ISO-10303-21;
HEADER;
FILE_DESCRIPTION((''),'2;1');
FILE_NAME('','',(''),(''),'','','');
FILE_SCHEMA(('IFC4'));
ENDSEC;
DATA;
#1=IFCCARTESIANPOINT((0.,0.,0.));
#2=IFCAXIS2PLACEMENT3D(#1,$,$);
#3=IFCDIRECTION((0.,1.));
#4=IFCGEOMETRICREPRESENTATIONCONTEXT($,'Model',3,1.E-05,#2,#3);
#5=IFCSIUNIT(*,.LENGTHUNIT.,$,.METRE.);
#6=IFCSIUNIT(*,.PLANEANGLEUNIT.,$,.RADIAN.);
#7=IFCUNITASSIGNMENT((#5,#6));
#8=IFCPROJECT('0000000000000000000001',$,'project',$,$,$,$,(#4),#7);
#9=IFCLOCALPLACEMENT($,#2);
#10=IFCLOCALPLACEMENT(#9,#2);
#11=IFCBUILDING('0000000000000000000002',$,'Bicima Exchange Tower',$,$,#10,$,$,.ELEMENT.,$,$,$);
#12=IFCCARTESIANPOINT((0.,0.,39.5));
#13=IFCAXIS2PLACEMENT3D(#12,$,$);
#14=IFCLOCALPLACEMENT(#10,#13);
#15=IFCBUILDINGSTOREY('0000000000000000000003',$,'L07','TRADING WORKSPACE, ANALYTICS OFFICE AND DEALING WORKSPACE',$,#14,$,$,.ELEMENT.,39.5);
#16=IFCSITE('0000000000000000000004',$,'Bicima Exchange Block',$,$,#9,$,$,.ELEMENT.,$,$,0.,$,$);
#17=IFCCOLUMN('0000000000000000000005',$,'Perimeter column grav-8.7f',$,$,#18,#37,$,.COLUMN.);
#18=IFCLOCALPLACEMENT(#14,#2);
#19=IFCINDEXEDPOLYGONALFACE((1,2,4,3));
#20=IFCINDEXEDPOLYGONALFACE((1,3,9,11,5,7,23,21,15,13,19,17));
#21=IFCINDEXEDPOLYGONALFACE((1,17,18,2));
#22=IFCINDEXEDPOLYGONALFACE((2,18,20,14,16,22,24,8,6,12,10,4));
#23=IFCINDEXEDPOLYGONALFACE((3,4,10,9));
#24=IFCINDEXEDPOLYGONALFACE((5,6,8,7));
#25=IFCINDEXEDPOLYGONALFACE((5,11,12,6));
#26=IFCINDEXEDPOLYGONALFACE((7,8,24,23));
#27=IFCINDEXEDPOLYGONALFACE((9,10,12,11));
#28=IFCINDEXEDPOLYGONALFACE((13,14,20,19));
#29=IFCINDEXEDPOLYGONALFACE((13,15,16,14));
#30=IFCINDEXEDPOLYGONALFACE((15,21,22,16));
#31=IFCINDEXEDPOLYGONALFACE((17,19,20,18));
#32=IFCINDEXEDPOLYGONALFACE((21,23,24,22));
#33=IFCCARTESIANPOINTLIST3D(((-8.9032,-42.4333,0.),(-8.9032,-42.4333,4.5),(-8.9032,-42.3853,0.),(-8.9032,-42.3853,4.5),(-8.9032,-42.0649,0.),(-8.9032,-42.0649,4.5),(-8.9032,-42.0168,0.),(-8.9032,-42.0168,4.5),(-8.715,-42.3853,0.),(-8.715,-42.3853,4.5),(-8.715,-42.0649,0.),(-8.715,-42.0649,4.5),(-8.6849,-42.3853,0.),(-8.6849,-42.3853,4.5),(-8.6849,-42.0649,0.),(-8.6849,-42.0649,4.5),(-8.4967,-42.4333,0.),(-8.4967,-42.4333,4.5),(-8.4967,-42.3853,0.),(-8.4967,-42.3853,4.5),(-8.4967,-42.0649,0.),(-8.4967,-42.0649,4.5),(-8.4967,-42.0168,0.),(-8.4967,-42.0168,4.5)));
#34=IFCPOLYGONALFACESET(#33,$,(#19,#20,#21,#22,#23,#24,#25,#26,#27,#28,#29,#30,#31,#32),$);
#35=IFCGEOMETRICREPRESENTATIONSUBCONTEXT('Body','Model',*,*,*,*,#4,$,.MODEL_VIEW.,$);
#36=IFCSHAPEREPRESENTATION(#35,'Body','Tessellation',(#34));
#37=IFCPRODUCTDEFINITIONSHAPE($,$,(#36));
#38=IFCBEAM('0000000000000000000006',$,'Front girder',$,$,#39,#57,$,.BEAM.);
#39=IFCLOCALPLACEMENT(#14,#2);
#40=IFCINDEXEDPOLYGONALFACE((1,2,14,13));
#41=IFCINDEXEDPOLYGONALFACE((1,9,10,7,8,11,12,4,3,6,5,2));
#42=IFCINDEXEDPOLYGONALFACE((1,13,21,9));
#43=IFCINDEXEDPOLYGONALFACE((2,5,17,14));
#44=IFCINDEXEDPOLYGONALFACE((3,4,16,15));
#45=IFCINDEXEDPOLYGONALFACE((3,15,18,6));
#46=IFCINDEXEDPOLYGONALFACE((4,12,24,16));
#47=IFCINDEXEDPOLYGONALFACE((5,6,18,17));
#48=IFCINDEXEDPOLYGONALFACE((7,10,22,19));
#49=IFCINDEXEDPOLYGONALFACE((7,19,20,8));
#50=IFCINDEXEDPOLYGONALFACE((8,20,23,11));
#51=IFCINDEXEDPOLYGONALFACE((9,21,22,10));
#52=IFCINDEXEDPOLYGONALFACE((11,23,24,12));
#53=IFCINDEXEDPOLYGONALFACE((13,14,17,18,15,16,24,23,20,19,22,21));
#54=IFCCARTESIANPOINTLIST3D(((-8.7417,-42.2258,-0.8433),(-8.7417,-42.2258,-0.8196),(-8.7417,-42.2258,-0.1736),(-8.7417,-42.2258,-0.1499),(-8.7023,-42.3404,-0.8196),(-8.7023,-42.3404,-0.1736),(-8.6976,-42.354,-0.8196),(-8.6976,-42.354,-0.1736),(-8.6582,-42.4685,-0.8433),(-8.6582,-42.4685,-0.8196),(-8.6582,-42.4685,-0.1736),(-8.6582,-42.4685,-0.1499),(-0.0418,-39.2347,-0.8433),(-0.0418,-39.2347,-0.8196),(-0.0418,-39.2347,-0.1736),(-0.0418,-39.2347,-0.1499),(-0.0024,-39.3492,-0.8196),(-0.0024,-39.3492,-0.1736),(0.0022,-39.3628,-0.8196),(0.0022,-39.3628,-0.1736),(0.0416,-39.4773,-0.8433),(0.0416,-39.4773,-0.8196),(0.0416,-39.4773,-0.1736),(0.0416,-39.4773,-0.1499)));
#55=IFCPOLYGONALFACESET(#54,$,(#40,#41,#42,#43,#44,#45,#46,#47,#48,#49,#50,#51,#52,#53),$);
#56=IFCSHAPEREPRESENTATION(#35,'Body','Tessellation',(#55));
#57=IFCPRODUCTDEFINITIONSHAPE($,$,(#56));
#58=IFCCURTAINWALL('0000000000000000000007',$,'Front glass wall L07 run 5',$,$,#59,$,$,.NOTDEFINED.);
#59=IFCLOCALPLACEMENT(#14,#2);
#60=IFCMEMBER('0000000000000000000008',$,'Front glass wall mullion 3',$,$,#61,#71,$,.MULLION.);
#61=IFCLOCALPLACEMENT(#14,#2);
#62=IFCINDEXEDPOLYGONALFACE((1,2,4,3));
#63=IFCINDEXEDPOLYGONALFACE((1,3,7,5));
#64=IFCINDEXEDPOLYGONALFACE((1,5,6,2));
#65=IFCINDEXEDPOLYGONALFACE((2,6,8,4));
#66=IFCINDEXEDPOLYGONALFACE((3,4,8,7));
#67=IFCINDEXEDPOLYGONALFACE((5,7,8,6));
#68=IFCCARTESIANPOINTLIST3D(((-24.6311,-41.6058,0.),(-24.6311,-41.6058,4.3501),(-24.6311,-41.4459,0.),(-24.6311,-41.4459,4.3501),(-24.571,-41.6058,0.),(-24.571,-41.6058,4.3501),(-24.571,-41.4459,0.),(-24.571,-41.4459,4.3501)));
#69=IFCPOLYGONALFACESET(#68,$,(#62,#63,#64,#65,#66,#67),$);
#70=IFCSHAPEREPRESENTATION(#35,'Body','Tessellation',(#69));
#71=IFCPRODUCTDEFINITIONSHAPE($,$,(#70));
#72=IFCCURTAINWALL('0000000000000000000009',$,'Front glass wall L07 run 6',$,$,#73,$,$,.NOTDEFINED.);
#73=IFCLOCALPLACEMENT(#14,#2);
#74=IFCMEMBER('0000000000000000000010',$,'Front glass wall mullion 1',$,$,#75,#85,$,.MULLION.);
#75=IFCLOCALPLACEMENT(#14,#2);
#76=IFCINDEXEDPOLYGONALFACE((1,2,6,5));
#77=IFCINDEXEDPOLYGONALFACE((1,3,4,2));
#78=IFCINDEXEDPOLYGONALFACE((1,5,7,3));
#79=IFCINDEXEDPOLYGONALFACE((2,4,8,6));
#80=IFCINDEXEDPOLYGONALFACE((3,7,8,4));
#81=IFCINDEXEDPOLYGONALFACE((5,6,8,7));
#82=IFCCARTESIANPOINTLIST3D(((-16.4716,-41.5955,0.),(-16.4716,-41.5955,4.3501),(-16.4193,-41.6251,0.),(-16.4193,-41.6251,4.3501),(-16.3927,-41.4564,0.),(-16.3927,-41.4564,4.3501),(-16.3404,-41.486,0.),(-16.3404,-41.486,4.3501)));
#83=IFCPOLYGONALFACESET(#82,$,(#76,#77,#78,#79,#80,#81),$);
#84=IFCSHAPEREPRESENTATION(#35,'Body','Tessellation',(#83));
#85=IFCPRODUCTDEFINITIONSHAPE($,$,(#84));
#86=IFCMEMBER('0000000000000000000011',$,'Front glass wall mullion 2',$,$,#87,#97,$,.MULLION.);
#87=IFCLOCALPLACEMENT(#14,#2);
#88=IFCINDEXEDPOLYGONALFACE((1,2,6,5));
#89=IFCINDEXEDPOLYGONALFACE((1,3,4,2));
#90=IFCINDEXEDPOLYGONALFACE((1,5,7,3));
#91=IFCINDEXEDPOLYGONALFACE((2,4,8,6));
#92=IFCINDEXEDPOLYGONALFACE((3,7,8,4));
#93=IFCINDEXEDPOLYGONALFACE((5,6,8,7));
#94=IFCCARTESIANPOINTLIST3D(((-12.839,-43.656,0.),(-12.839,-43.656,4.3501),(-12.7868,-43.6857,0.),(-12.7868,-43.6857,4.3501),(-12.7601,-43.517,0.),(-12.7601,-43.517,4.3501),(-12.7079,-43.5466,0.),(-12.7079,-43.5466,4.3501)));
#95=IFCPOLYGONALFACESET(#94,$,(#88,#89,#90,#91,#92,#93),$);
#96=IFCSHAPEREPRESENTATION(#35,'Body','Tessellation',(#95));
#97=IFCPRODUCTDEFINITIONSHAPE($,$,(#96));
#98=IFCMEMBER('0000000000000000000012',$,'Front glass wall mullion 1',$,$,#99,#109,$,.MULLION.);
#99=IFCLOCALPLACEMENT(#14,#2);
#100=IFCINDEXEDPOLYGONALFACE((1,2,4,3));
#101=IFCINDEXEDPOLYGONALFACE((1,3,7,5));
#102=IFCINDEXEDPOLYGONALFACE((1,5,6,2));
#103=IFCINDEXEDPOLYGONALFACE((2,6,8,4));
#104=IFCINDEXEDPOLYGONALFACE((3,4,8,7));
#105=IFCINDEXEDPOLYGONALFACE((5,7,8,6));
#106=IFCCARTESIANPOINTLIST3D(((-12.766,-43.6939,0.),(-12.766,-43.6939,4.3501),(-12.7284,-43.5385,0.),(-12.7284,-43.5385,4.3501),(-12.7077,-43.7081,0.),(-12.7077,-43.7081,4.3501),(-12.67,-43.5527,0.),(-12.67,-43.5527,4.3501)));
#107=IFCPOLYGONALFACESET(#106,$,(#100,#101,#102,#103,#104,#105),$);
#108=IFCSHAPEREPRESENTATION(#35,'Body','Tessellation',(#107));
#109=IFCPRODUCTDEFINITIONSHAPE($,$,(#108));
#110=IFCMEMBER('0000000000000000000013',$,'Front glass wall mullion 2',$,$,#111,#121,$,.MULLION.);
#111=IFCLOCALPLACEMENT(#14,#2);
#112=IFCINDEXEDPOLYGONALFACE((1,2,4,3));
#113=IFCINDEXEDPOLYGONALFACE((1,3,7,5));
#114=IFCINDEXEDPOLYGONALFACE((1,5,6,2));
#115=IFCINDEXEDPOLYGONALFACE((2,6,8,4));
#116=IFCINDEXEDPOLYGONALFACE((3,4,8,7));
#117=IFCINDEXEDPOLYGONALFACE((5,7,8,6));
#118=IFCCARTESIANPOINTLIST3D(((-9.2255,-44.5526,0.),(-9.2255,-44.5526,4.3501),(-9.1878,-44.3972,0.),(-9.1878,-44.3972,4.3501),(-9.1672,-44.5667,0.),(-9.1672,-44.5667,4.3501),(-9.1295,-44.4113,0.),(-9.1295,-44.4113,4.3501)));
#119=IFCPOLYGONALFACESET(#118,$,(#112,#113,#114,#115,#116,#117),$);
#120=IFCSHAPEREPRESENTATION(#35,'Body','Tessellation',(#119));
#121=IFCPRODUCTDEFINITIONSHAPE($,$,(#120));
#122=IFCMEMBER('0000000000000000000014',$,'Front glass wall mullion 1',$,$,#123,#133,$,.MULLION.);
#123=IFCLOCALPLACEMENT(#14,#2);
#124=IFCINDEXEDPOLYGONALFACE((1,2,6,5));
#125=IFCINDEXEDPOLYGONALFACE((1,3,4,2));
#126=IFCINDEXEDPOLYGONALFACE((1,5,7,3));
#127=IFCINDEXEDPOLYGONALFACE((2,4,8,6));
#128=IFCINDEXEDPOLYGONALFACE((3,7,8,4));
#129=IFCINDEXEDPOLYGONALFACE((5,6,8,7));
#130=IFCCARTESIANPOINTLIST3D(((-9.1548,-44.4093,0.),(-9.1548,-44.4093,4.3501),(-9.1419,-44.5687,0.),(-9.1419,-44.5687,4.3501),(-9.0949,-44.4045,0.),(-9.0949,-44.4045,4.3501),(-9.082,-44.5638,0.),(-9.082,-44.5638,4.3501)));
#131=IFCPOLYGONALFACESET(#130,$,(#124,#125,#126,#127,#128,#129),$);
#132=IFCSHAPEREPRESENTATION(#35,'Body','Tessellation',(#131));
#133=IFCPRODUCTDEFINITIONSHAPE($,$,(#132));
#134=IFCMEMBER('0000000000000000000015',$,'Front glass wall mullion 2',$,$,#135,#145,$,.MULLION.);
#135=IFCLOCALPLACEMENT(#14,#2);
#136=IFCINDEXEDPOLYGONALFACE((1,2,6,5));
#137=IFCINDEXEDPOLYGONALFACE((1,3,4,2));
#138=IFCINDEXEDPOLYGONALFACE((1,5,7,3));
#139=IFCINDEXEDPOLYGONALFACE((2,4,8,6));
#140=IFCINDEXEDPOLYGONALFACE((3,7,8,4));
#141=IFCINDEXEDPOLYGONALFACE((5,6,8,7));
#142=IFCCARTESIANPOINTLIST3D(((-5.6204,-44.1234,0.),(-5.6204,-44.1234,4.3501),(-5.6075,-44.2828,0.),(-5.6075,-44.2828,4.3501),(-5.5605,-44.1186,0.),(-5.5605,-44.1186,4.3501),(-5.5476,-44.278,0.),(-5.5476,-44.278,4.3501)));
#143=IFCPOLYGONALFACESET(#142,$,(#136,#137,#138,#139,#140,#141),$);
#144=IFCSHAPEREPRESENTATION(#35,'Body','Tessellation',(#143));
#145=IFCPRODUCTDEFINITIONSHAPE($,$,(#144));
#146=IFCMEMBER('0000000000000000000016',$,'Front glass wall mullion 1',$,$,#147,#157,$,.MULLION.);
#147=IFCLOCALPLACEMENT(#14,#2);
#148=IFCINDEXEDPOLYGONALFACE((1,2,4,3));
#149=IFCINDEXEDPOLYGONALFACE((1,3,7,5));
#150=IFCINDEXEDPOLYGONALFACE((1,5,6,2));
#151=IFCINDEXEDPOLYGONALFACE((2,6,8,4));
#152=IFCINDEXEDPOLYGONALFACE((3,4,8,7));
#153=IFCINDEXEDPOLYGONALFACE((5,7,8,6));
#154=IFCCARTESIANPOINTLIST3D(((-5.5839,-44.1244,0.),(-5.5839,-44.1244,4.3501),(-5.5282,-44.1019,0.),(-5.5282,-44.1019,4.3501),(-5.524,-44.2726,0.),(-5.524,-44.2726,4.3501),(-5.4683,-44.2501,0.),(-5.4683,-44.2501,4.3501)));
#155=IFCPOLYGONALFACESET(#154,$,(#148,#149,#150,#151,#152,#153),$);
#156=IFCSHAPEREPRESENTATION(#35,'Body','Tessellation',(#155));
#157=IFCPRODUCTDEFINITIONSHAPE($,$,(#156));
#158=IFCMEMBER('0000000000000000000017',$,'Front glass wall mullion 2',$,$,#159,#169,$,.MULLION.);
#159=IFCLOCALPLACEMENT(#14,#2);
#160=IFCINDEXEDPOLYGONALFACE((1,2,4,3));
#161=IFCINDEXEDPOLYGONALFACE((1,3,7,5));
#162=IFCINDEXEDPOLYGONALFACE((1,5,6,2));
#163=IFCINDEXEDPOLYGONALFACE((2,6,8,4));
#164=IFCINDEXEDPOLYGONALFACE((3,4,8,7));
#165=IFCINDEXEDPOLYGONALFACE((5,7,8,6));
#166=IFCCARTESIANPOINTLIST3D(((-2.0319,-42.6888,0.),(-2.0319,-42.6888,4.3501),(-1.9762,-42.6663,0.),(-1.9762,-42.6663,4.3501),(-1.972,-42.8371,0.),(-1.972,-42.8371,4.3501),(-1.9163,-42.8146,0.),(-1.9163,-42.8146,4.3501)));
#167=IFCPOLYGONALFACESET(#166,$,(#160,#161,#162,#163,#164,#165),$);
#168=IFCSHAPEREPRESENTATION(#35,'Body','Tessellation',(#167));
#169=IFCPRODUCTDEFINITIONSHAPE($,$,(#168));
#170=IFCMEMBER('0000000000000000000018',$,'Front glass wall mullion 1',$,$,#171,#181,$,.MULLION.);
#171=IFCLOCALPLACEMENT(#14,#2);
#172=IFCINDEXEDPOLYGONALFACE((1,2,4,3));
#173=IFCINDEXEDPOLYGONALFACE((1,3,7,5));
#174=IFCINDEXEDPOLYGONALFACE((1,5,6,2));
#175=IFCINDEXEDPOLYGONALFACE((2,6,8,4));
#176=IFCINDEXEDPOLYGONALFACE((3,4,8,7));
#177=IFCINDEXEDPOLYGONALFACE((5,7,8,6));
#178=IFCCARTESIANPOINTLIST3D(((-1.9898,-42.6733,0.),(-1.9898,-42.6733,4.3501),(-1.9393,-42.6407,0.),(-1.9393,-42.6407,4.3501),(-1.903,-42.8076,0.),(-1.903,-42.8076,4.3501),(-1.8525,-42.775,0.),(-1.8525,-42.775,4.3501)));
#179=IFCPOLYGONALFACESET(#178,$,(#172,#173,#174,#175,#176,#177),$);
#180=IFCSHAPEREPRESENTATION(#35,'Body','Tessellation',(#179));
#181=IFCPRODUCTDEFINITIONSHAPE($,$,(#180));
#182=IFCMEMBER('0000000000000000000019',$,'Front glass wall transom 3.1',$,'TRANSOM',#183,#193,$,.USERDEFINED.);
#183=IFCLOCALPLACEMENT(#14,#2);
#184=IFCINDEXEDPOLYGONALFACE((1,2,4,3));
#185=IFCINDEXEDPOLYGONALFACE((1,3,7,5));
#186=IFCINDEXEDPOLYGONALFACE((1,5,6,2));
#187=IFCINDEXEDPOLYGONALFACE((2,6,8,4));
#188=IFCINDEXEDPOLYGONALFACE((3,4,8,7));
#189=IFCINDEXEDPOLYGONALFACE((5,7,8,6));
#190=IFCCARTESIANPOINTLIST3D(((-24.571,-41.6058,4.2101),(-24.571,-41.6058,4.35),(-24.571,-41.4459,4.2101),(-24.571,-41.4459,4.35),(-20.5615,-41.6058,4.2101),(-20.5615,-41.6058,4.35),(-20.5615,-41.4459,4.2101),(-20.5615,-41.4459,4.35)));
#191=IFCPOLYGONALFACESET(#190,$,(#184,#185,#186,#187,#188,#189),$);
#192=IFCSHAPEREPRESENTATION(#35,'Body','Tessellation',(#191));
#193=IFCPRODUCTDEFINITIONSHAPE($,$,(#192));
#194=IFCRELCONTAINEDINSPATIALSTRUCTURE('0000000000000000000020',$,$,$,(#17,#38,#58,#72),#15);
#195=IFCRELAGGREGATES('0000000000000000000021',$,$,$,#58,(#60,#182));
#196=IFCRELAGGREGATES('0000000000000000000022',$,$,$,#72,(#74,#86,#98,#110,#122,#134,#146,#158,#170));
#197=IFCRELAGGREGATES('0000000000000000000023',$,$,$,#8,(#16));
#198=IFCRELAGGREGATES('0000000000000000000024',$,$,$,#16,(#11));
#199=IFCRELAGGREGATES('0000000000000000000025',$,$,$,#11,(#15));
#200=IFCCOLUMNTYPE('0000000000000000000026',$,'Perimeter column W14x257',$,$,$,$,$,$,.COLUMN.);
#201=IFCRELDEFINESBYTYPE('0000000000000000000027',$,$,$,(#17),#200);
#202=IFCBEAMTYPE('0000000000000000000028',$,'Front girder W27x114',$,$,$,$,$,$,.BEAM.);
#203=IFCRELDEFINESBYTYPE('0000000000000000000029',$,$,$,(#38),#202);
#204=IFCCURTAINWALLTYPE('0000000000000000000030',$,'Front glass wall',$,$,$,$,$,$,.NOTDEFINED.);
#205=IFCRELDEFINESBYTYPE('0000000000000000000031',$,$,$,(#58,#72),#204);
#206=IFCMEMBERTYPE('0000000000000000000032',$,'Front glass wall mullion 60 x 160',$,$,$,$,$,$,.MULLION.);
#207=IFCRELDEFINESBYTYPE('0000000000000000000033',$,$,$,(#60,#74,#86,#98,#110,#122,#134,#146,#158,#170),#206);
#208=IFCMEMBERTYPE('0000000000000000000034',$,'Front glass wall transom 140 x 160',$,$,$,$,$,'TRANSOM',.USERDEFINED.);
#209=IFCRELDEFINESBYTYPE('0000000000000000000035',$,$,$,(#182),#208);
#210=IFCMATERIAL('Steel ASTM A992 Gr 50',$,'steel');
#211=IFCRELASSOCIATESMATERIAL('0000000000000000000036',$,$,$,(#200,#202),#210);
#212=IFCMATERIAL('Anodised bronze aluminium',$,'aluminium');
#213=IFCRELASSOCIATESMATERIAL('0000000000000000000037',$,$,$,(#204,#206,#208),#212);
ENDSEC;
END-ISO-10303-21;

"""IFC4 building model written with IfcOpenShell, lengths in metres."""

from ifc_helpers import new_model, si_unit, direction, frame, origin, origin_2d, place, context, subcontext, project, spatial, rectangle, i_section, extrude, material, material_profile, profile_set, type_object, element, aggregate, save


model = new_model("IFC4")

# Units and contexts
model_context = context("Model", 3, precision=1e-05, world=origin(), true_north=direction((0.0, 1.0)))
body_context = subcontext(model_context, "Body", "Model", "MODEL_VIEW")
ifc_project = project(units=[si_unit("LENGTHUNIT", "METRE"), si_unit("PLANEANGLEUNIT", "RADIAN")], contexts=[model_context])

# Site, building, storey
site_placement = place(None, origin())
site = spatial("IfcSite", under=ifc_project, at=site_placement, Name="Bicima Exchange Block", CompositionType="ELEMENT", RefElevation=0.0)
building_placement = place(site_placement, origin())
building = spatial("IfcBuilding", under=site, at=building_placement, Name="Bicima Exchange Tower", CompositionType="ELEMENT")
storey_placement = place(building_placement, frame((0.0, 0.0, 39.5)))
storey = spatial("IfcBuildingStorey", under=building, at=storey_placement, Name="L07", Description="TRADING WORKSPACE, ANALYTICS OFFICE AND DEALING WORKSPACE", CompositionType="ELEMENT", Elevation=39.5)

# Column
ifc_material_1 = material(Name="Steel ASTM A992 Gr 50", Category="steel")
ifc_material_profile_1 = material_profile(ifc_material_1, i_section(OverallWidth=0.4065, OverallDepth=0.4165, WebThickness=0.03, FlangeThickness=0.0481, at=origin_2d()))
ifc_profile_set_1 = profile_set([ifc_material_profile_1], Name="Steel ASTM A992 Gr 50")
column_type = type_object("IfcColumnType", Name="Perimeter column W14x257", PredefinedType="COLUMN", material=ifc_profile_set_1)
column_placement = place(storey_placement, frame((-8.7, -42.2251, 0.0), z_axis=(0.0, 0.0, 1.0), x_axis=(1.0, 0.0, 0.0)))
element("IfcColumn", 1, at=column_placement, inside=storey, type_object=column_type, Name="Perimeter column grav-8.7f", PredefinedType="COLUMN", context=body_context, shape_type="SweptSolid", body=[
    extrude(i_section(OverallWidth=0.4065, OverallDepth=0.4165, WebThickness=0.03, FlangeThickness=0.0481, at=origin_2d()), origin(), (0.0, 0.0, 1.0), 4.5),
])

# Beam
ifc_material_profile_2 = material_profile(ifc_material_1, i_section(OverallWidth=0.2566, OverallDepth=0.6934, WebThickness=0.0144, FlangeThickness=0.0237, at=origin_2d()))
ifc_profile_set_2 = profile_set([ifc_material_profile_2], Name="Steel ASTM A992 Gr 50")
beam_type = type_object("IfcBeamType", Name="Front girder W27x114", PredefinedType="BEAM", material=ifc_profile_set_2)
beam_placement = place(storey_placement, frame((-8.7, -42.3472, -0.4966), z_axis=(0.945666, 0.325138, 0.0), x_axis=(-0.325138, 0.945666, 0.0)))
element("IfcBeam", 2, at=beam_placement, inside=storey, type_object=beam_type, Name="Front girder", PredefinedType="BEAM", context=body_context, shape_type="SweptSolid", body=[
    extrude(i_section(OverallWidth=0.2566, OverallDepth=0.6934, WebThickness=0.0144, FlangeThickness=0.0237, at=origin_2d()), origin(), (0.0, 0.0, 1.0), 9.1997),
])

# Curtain wall, member
ifc_material_2 = material(Name="Anodised bronze aluminium", Category="aluminium")
curtain_wall_type = type_object("IfcCurtainWallType", Name="Front glass wall", PredefinedType="NOTDEFINED", material=ifc_material_2)
curtain_wall_1_placement = place(storey_placement, origin())
curtain_wall_1 = element("IfcCurtainWall", 3, at=curtain_wall_1_placement, inside=storey, type_object=curtain_wall_type, Name="Front glass wall L07 run 5", PredefinedType="NOTDEFINED")
ifc_material_profile_3 = material_profile(ifc_material_2, rectangle(XDim=0.1599, YDim=0.0601, at=origin_2d()))
ifc_profile_set_3 = profile_set([ifc_material_profile_3], Name="Anodised bronze aluminium")
member_type_1 = type_object("IfcMemberType", Name="Front glass wall mullion 60 x 160", PredefinedType="MULLION", material=ifc_profile_set_3)
member_1_placement = place(storey_placement, frame((-24.6011, -41.5259, 0.0), z_axis=(0.0, 0.0, 1.0), x_axis=(0.0, 1.0, 0.0)))
member_1 = element("IfcMember", 4, at=member_1_placement, type_object=member_type_1, Name="Front glass wall mullion 3", PredefinedType="MULLION", context=body_context, shape_type="SweptSolid", body=[
    extrude(rectangle(XDim=0.1599, YDim=0.0601, at=origin_2d()), origin(), (0.0, 0.0, 1.0), 4.3501),
])

# Curtain wall, members
curtain_wall_2_placement = place(storey_placement, origin())
curtain_wall_2 = element("IfcCurtainWall", 5, at=curtain_wall_2_placement, inside=storey, type_object=curtain_wall_type, Name="Front glass wall L07 run 6", PredefinedType="NOTDEFINED")
member_2_placement = place(storey_placement, frame((-16.406, -41.5408, 0.0), z_axis=(0.0, 0.0, 1.0), x_axis=(0.493395, 0.869805, 0.0)))
member_2 = element("IfcMember", 6, at=member_2_placement, type_object=member_type_1, Name="Front glass wall mullion 1", PredefinedType="MULLION", context=body_context, shape_type="SweptSolid", body=[
    extrude(rectangle(XDim=0.1599, YDim=0.0601, at=origin_2d()), origin(), (0.0, 0.0, 1.0), 4.3501),
])
member_3_placement = place(storey_placement, frame((-12.7734, -43.6013, 0.0), z_axis=(0.0, 0.0, 1.0), x_axis=(0.493395, 0.869805, 0.0)))
member_3 = element("IfcMember", 7, at=member_3_placement, type_object=member_type_1, Name="Front glass wall mullion 2", PredefinedType="MULLION", context=body_context, shape_type="SweptSolid", body=[
    extrude(rectangle(XDim=0.1599, YDim=0.0601, at=origin_2d()), origin(), (0.0, 0.0, 1.0), 4.3501),
])
member_4_placement = place(storey_placement, frame((-12.718, -43.6233, 0.0), z_axis=(0.0, 0.0, 1.0), x_axis=(0.235682, 0.97183, 0.0)))
member_4 = element("IfcMember", 8, at=member_4_placement, type_object=member_type_1, Name="Front glass wall mullion 1", PredefinedType="MULLION", context=body_context, shape_type="SweptSolid", body=[
    extrude(rectangle(XDim=0.1599, YDim=0.0601, at=origin_2d()), origin(), (0.0, 0.0, 1.0), 4.3501),
])
member_5_placement = place(storey_placement, frame((-9.1775, -44.4819, 0.0), z_axis=(0.0, 0.0, 1.0), x_axis=(0.235682, 0.97183, 0.0)))
member_5 = element("IfcMember", 9, at=member_5_placement, type_object=member_type_1, Name="Front glass wall mullion 2", PredefinedType="MULLION", context=body_context, shape_type="SweptSolid", body=[
    extrude(rectangle(XDim=0.1599, YDim=0.0601, at=origin_2d()), origin(), (0.0, 0.0, 1.0), 4.3501),
])
member_6_placement = place(storey_placement, frame((-9.1184, -44.4866, 0.0), z_axis=(0.0, 0.0, 1.0), x_axis=(-0.080589, 0.996747, 0.0)))
member_6 = element("IfcMember", 10, at=member_6_placement, type_object=member_type_1, Name="Front glass wall mullion 1", PredefinedType="MULLION", context=body_context, shape_type="SweptSolid", body=[
    extrude(rectangle(XDim=0.1599, YDim=0.0601, at=origin_2d()), origin(), (0.0, 0.0, 1.0), 4.3501),
])
member_7_placement = place(storey_placement, frame((-5.584, -44.2007, 0.0), z_axis=(0.0, 0.0, 1.0), x_axis=(-0.080589, 0.996747, 0.0)))
member_7 = element("IfcMember", 11, at=member_7_placement, type_object=member_type_1, Name="Front glass wall mullion 2", PredefinedType="MULLION", context=body_context, shape_type="SweptSolid", body=[
    extrude(rectangle(XDim=0.1599, YDim=0.0601, at=origin_2d()), origin(), (0.0, 0.0, 1.0), 4.3501),
])
member_8_placement = place(storey_placement, frame((-5.5261, -44.1873, 0.0), z_axis=(0.0, 0.0, 1.0), x_axis=(-0.374705, 0.927144, 0.0)))
member_8 = element("IfcMember", 12, at=member_8_placement, type_object=member_type_1, Name="Front glass wall mullion 1", PredefinedType="MULLION", context=body_context, shape_type="SweptSolid", body=[
    extrude(rectangle(XDim=0.1599, YDim=0.0601, at=origin_2d()), origin(), (0.0, 0.0, 1.0), 4.3501),
])
member_9_placement = place(storey_placement, frame((-1.9741, -42.7517, 0.0), z_axis=(0.0, 0.0, 1.0), x_axis=(-0.374705, 0.927144, 0.0)))
member_9 = element("IfcMember", 13, at=member_9_placement, type_object=member_type_1, Name="Front glass wall mullion 2", PredefinedType="MULLION", context=body_context, shape_type="SweptSolid", body=[
    extrude(rectangle(XDim=0.1599, YDim=0.0601, at=origin_2d()), origin(), (0.0, 0.0, 1.0), 4.3501),
])
member_10_placement = place(storey_placement, frame((-1.9211, -42.7241, 0.0), z_axis=(0.0, 0.0, 1.0), x_axis=(-0.542897, 0.839799, 0.0)))
member_10 = element("IfcMember", 14, at=member_10_placement, type_object=member_type_1, Name="Front glass wall mullion 1", PredefinedType="MULLION", context=body_context, shape_type="SweptSolid", body=[
    extrude(rectangle(XDim=0.1599, YDim=0.0601, at=origin_2d()), origin(), (0.0, 0.0, 1.0), 4.3501),
])

# Member
ifc_material_profile_4 = material_profile(ifc_material_2, rectangle(XDim=0.1599, YDim=0.1399, at=origin_2d()))
ifc_profile_set_4 = profile_set([ifc_material_profile_4], Name="Anodised bronze aluminium")
member_type_2 = type_object("IfcMemberType", Name="Front glass wall transom 140 x 160", ElementType="TRANSOM", PredefinedType="USERDEFINED", material=ifc_profile_set_4)
member_11_placement = place(storey_placement, frame((-24.571, -41.5259, 4.28), z_axis=(1.0, 0.0, 0.0), x_axis=(0.0, 1.0, 0.0)))
member_11 = element("IfcMember", 15, at=member_11_placement, type_object=member_type_2, Name="Front glass wall transom 3.1", ObjectType="TRANSOM", PredefinedType="USERDEFINED", context=body_context, shape_type="SweptSolid", body=[
    extrude(rectangle(XDim=0.1599, YDim=0.1399, at=origin_2d()), origin(), (0.0, 0.0, 1.0), 4.0095),
])

aggregate(curtain_wall_1, [member_1, member_11])
aggregate(curtain_wall_2, [member_2, member_3, member_4, member_5, member_6, member_7, member_8, member_9, member_10])

save(model, "model.ifc")
